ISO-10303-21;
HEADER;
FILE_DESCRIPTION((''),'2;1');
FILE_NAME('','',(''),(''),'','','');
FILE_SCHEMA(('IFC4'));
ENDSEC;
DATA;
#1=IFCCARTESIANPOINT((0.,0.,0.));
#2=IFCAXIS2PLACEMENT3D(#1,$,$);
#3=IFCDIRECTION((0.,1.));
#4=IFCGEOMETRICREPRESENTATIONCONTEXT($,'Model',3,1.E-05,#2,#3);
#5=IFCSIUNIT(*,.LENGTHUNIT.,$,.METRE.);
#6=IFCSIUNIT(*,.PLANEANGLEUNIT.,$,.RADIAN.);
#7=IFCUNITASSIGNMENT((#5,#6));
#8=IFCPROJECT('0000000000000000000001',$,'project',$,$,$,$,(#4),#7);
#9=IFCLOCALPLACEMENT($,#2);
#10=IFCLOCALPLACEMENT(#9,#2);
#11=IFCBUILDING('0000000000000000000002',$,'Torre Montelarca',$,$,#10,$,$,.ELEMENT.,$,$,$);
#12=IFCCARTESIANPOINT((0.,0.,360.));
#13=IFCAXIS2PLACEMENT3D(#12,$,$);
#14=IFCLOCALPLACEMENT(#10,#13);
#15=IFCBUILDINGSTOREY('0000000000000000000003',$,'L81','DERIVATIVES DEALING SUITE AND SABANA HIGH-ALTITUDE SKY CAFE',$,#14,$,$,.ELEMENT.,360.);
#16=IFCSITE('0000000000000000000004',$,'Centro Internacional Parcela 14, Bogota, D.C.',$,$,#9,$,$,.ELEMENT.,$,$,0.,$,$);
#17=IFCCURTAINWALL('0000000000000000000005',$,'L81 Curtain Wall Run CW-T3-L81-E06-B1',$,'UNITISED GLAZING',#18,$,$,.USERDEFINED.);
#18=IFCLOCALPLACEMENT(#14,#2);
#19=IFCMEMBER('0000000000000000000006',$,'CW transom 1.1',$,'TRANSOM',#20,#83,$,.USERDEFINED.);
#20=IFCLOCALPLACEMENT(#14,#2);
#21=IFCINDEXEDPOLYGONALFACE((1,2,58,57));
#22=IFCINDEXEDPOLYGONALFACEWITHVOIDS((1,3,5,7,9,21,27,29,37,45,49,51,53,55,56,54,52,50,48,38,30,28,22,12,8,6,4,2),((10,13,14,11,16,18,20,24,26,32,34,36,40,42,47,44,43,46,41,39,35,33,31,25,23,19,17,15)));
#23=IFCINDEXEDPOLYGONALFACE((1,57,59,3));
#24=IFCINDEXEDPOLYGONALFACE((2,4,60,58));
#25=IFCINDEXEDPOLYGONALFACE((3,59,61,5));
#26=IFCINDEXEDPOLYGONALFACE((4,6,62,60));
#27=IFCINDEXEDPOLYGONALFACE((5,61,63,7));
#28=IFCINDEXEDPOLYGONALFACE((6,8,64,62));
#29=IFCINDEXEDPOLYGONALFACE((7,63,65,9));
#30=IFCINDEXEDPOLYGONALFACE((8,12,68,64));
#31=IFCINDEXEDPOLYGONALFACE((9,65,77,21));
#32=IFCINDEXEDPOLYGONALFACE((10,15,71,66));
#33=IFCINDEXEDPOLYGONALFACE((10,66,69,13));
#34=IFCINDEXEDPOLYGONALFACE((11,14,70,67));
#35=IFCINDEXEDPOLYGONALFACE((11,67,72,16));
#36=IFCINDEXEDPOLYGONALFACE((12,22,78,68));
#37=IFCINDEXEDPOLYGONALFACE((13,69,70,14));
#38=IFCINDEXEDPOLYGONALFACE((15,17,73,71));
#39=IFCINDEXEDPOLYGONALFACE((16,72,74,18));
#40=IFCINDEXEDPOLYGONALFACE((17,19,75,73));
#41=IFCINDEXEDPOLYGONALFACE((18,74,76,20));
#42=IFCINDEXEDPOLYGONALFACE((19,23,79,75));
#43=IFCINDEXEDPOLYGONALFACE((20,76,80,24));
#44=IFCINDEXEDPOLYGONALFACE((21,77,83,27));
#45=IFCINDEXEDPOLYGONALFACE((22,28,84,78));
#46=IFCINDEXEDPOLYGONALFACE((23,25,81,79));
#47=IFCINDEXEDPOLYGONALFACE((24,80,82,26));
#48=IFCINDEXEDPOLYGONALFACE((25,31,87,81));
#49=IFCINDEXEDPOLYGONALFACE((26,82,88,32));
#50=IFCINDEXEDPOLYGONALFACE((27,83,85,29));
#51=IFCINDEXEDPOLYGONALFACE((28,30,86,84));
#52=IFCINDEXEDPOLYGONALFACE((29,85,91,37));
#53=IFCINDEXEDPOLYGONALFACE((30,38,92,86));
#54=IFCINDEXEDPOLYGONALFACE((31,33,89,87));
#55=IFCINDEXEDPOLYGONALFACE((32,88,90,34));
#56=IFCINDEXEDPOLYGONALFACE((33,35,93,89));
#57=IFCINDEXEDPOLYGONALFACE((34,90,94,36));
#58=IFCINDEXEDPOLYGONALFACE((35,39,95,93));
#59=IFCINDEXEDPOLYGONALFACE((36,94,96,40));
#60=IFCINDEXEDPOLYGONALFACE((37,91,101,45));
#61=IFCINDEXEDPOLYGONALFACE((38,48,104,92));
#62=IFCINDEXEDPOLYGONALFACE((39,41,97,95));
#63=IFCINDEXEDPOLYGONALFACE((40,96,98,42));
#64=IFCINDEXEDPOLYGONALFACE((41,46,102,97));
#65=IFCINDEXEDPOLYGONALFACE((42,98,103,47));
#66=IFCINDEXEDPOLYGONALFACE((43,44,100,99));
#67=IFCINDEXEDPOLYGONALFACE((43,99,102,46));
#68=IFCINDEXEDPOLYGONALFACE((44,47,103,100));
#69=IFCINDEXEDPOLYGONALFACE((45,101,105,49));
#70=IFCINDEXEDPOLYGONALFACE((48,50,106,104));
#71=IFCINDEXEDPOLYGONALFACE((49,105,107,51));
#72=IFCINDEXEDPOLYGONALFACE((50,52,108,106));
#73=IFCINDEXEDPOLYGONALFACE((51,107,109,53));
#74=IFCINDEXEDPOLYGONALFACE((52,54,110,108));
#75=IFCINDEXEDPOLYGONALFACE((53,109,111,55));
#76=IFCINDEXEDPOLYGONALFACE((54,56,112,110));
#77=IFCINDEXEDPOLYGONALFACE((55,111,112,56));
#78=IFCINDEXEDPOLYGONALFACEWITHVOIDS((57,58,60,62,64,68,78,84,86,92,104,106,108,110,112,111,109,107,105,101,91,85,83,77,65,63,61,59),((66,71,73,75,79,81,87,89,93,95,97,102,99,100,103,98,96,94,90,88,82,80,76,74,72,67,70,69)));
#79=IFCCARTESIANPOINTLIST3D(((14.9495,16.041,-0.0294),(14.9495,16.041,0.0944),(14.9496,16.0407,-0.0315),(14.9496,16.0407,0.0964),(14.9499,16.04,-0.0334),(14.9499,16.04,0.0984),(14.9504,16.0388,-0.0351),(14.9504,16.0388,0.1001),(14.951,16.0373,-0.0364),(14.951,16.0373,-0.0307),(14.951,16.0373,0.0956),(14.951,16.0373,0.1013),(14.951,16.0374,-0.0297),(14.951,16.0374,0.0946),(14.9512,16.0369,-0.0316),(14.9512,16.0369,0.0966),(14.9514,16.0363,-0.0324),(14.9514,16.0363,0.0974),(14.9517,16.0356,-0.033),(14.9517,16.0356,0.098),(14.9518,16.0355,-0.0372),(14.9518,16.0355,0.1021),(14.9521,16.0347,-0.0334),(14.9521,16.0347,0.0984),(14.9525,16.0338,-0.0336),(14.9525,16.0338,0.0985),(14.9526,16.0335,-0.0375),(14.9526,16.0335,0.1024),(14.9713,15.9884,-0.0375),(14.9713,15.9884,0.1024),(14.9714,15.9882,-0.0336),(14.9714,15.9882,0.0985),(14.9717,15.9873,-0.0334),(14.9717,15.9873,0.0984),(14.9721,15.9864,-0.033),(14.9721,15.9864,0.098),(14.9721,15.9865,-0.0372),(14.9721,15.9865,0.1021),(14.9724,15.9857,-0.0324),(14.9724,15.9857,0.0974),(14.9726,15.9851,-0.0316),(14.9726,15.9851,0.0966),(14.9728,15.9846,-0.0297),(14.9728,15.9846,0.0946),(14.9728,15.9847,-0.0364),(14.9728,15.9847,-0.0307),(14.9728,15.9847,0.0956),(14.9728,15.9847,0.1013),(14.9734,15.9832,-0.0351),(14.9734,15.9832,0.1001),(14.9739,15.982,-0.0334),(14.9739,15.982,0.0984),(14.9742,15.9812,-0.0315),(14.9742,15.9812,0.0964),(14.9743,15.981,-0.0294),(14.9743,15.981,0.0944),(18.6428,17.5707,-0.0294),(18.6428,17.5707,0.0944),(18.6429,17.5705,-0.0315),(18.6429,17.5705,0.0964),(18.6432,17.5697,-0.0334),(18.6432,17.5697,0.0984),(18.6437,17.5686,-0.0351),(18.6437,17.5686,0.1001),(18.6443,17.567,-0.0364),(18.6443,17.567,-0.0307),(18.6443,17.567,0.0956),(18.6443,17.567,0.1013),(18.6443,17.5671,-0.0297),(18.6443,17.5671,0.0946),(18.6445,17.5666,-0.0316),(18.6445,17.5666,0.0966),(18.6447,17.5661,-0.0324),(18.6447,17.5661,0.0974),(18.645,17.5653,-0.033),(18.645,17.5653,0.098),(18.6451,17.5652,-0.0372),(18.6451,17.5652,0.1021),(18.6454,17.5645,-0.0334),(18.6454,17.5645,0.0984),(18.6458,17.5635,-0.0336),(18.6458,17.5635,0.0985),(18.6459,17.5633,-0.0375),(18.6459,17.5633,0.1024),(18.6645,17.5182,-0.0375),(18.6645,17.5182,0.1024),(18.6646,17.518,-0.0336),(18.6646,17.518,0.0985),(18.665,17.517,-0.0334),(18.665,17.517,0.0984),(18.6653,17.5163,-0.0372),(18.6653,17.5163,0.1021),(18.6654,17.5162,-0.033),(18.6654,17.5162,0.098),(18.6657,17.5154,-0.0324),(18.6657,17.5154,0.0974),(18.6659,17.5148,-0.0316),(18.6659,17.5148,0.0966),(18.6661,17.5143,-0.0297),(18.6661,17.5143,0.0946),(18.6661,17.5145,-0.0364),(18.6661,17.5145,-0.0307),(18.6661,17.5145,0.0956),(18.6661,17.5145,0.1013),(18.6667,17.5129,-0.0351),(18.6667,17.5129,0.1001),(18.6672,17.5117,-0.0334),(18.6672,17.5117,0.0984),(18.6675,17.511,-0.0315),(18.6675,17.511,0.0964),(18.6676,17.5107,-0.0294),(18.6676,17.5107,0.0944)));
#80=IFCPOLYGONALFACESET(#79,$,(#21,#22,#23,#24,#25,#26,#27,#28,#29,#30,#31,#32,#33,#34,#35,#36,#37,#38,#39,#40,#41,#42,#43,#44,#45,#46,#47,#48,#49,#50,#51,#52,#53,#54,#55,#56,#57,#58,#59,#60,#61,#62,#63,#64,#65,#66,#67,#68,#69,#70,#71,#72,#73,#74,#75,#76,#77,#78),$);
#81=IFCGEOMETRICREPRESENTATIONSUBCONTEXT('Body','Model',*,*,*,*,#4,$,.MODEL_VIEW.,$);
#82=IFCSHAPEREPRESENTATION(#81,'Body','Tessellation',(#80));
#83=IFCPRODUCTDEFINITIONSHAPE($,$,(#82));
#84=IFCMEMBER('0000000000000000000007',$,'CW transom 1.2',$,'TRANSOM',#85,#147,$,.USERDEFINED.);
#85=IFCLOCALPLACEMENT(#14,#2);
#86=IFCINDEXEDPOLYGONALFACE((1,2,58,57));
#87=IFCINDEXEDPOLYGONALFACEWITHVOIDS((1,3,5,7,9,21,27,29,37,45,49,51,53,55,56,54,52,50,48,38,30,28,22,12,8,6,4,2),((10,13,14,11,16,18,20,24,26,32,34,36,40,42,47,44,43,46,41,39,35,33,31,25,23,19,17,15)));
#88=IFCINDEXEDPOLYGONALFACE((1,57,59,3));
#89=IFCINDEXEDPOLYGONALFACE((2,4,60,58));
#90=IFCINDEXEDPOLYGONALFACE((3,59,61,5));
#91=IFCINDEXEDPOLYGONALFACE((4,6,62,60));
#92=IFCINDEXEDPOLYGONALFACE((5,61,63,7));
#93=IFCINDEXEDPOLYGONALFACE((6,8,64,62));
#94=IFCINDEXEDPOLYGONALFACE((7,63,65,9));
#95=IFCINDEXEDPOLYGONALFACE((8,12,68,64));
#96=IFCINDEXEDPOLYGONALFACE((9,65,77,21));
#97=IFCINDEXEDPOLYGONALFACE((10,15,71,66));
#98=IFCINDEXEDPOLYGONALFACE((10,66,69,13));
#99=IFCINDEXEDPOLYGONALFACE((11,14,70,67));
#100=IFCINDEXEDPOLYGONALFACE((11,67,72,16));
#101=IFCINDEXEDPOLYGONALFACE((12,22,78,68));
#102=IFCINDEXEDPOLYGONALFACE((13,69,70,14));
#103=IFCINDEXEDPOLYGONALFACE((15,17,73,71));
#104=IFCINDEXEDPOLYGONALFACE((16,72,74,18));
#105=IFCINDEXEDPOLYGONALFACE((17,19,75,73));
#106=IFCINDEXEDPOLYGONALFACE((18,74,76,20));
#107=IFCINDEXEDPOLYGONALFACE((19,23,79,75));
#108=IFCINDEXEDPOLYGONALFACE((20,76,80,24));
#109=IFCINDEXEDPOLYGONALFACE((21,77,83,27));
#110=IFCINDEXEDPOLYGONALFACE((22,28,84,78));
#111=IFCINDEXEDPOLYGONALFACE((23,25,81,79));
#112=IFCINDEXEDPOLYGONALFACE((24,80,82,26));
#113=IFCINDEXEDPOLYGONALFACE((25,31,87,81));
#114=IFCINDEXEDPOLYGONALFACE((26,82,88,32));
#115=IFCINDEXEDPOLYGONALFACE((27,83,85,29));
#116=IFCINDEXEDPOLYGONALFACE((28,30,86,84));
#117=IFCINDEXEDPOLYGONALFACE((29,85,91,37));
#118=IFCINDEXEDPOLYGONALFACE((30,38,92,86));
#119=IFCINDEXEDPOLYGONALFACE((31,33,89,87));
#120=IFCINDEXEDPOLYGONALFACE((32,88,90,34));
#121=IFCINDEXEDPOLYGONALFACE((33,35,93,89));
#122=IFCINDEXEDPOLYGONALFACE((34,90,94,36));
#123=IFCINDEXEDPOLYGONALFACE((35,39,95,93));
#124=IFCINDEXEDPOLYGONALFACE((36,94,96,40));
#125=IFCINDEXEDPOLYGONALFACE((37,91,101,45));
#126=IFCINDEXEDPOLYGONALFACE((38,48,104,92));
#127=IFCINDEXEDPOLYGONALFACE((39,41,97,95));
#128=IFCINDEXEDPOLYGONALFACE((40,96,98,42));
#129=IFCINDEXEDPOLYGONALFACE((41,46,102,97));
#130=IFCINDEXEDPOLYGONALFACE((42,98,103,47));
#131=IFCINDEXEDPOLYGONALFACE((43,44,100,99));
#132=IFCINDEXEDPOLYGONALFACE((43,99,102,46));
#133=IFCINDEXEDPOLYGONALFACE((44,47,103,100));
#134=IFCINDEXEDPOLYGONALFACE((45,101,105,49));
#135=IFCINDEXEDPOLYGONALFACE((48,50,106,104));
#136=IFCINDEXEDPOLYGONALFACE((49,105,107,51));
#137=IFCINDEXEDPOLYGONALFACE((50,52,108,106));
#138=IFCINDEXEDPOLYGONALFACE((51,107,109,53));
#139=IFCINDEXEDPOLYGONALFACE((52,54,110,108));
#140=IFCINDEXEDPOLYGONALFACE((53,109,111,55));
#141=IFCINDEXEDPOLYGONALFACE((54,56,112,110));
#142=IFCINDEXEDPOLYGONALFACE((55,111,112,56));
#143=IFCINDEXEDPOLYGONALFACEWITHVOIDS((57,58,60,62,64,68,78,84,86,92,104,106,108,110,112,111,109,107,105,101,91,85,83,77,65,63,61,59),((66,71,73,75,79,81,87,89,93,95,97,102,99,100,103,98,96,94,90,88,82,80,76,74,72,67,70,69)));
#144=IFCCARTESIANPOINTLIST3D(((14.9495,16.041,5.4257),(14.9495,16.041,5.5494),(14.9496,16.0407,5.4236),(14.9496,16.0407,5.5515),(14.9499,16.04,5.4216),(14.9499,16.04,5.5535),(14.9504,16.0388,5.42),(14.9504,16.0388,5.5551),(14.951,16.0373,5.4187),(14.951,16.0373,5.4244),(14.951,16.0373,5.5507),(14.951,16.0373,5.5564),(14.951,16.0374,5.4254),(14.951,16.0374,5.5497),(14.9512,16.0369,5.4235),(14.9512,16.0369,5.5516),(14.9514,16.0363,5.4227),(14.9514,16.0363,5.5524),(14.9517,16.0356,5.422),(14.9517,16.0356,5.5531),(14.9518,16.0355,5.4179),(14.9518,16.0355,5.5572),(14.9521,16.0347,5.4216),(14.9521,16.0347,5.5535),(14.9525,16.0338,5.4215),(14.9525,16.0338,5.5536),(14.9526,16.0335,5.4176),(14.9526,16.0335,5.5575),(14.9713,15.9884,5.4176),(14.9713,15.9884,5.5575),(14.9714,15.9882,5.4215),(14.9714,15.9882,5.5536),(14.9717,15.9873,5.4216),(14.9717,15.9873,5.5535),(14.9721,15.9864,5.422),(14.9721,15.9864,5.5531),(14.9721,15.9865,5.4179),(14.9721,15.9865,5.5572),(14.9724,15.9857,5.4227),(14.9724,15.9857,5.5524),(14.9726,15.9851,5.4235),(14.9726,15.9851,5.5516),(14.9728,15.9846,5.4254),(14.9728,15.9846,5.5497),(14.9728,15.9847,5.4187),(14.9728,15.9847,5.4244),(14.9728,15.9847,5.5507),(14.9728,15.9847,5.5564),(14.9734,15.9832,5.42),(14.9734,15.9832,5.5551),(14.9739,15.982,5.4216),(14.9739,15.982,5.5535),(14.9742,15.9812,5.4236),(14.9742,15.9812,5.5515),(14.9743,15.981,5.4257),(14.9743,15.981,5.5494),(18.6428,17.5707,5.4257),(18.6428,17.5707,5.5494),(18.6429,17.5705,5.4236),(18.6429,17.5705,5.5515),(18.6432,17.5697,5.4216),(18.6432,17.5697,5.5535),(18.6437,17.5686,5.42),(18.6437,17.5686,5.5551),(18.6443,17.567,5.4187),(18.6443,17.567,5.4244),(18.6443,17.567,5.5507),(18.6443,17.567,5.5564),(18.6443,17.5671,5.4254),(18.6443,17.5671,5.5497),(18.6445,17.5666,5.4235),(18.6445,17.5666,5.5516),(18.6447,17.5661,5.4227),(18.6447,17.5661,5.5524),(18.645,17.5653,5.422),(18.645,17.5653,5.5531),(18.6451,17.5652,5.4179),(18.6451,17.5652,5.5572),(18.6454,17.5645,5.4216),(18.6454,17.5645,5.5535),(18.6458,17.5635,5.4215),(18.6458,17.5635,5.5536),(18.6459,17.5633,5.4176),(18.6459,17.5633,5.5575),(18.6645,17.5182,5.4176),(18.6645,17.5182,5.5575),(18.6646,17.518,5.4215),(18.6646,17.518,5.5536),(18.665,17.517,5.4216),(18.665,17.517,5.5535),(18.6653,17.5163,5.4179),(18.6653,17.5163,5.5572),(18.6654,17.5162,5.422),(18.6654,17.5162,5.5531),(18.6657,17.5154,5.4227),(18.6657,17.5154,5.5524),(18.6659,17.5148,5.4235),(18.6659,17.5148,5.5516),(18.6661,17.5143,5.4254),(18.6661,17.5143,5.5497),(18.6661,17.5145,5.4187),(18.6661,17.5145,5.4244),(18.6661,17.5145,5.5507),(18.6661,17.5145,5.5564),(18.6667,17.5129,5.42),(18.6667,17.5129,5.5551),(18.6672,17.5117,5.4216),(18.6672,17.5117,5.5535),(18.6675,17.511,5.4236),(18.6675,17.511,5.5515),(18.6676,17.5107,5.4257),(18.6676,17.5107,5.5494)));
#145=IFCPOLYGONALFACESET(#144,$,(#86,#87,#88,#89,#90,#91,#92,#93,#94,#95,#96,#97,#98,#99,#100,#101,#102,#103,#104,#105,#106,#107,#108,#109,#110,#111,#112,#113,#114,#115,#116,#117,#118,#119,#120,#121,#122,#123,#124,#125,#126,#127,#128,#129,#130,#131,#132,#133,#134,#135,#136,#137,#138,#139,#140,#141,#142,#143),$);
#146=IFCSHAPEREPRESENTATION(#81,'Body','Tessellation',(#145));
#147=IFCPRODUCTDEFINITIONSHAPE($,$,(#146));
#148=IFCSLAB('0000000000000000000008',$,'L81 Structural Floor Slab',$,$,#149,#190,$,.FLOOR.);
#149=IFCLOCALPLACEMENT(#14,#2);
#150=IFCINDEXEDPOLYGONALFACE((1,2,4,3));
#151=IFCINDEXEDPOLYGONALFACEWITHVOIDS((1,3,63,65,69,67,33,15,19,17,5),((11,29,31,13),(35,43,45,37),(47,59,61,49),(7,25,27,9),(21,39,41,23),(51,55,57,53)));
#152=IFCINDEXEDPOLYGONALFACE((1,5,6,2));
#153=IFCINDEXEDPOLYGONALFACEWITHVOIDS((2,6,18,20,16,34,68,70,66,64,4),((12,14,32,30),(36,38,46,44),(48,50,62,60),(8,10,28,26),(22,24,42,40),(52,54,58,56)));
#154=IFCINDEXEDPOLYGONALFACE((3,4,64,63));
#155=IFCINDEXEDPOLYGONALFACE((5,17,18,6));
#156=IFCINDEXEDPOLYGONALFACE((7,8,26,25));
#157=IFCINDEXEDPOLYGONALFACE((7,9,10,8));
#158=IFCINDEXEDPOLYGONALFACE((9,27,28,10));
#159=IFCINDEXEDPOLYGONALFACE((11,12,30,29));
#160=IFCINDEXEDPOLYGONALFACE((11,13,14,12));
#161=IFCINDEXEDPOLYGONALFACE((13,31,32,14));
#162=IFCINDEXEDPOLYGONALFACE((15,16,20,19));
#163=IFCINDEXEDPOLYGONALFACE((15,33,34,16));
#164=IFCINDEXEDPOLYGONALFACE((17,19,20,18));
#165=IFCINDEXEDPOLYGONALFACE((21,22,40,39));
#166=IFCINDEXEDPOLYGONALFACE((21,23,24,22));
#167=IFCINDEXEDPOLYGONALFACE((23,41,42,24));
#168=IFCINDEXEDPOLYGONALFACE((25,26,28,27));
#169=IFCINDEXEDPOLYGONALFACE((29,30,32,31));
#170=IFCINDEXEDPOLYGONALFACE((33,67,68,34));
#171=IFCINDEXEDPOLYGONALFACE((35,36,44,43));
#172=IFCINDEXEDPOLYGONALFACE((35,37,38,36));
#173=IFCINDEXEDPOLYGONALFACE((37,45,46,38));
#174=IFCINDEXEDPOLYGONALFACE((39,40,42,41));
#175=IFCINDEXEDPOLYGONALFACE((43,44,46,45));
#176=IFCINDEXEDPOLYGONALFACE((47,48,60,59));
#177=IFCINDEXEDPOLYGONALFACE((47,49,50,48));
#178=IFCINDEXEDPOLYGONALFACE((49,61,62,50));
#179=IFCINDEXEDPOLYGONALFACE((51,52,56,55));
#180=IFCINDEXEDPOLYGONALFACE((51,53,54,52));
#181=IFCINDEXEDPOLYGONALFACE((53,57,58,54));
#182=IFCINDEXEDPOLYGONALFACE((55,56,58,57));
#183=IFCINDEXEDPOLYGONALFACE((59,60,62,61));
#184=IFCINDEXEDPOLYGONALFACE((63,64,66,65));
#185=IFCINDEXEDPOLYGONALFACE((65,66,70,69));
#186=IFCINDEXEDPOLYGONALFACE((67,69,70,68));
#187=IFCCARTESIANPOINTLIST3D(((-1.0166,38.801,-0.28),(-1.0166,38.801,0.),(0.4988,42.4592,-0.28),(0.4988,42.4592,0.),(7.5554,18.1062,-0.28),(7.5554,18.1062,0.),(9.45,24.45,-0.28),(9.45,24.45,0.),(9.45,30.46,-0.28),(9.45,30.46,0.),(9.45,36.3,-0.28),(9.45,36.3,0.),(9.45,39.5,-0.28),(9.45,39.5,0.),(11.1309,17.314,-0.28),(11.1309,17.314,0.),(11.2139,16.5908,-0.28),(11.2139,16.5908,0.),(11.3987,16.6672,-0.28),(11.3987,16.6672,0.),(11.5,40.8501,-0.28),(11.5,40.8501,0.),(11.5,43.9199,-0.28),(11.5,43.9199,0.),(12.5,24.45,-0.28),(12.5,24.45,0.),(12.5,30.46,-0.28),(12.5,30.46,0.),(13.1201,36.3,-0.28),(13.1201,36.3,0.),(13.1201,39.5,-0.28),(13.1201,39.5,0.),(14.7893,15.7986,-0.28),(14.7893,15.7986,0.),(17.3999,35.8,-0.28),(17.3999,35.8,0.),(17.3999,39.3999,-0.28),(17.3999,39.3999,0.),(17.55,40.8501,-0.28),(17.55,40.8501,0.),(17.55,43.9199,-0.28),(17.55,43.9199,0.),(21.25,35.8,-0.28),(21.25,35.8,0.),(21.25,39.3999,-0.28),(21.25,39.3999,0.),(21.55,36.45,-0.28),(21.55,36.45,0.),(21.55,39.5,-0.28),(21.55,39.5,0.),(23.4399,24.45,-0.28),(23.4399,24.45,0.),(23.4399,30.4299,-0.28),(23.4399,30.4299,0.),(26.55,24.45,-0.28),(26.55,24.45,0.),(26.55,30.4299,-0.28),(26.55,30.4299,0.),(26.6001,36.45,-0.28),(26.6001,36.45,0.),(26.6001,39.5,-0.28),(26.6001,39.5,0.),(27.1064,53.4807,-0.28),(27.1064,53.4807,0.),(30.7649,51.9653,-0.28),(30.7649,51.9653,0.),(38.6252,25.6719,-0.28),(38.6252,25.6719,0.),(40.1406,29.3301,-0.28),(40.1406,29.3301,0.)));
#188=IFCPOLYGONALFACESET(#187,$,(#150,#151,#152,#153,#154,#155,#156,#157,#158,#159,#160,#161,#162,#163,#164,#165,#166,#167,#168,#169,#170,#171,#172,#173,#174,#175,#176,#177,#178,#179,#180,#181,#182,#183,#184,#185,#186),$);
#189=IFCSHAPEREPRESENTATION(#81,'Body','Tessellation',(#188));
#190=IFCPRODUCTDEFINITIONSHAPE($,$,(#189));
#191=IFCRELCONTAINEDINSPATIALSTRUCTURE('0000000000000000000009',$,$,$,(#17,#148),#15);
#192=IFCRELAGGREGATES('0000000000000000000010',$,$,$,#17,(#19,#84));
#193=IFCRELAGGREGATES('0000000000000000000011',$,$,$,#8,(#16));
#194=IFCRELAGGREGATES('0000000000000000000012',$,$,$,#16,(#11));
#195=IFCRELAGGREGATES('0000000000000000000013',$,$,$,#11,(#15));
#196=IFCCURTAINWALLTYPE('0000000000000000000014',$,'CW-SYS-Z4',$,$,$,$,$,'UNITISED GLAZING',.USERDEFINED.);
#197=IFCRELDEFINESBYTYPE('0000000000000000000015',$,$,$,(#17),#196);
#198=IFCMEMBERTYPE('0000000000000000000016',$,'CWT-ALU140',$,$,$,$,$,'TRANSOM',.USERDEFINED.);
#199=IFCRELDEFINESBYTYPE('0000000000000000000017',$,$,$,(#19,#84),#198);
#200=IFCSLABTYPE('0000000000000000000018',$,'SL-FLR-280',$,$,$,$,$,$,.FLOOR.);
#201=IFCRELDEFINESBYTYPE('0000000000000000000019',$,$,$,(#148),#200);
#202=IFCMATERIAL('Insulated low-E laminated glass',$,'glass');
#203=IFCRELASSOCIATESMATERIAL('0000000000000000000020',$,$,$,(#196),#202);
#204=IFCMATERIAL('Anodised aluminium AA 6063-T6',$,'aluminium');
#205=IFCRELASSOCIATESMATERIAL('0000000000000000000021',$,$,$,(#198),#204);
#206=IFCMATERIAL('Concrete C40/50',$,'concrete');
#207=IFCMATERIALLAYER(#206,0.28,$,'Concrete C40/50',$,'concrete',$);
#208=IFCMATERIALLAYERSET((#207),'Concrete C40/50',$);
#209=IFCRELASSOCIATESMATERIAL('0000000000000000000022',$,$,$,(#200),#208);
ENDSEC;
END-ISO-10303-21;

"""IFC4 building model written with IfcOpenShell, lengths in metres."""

from ifc_helpers import new_model, si_unit, direction, frame, origin, origin_2d, place, context, subcontext, project, spatial, polyline, hollow_rectangle, outline, extrude, source, transform, mapped, material, layer, layer_set, material_profile, profile_set, type_object, element, aggregate, save


model = new_model("IFC4")

# Units and contexts
model_context = context("Model", 3, precision=1e-05, world=origin(), true_north=direction((0.0, 1.0)))
body_context = subcontext(model_context, "Body", "Model", "MODEL_VIEW")
ifc_project = project(units=[si_unit("LENGTHUNIT", "METRE"), si_unit("PLANEANGLEUNIT", "RADIAN")], contexts=[model_context])

# Site, building, storey
site_placement = place(None, origin())
site = spatial("IfcSite", under=ifc_project, at=site_placement, Name="Centro Internacional Parcela 14, Bogota, D.C.", CompositionType="ELEMENT", RefElevation=0.0)
building_placement = place(site_placement, origin())
building = spatial("IfcBuilding", under=site, at=building_placement, Name="Torre Montelarca", CompositionType="ELEMENT")
storey_placement = place(building_placement, frame((0.0, 0.0, 360.0)))
storey = spatial("IfcBuildingStorey", under=building, at=storey_placement, Name="L81", Description="DERIVATIVES DEALING SUITE AND SABANA HIGH-ALTITUDE SKY CAFE", CompositionType="ELEMENT", Elevation=360.0)

# Shared definitions
ifc_material_1 = material(Name="Insulated low-E laminated glass", Category="glass")
curtain_wall_type = type_object("IfcCurtainWallType", Name="CW-SYS-Z4", ElementType="UNITISED GLAZING", PredefinedType="USERDEFINED", material=ifc_material_1)
ifc_material_2 = material(Name="Anodised aluminium AA 6063-T6", Category="aluminium")

# Curtain wall
curtain_wall_1_placement = place(storey_placement, origin())
curtain_wall_1 = element("IfcCurtainWall", 1, at=curtain_wall_1_placement, inside=storey, type_object=curtain_wall_type, Name="L81 Curtain Wall Run CW-T3-L81-E06-B1", ObjectType="UNITISED GLAZING", PredefinedType="USERDEFINED")

# Members
ifc_material_profile_1 = material_profile(ifc_material_2, hollow_rectangle(XDim=0.0649, YDim=0.1399, WallThickness=0.0039, InnerFilletRadius=0.0039, OuterFilletRadius=0.0081, at=origin_2d()), Name="ALU65X140X4", Category="aluminium")
ifc_profile_set_1 = profile_set([ifc_material_profile_1], Name="Anodised aluminium AA 6063-T6")
member_type_1 = type_object("IfcMemberType", Name="CWT-ALU140", ElementType="TRANSOM", PredefinedType="USERDEFINED", material=ifc_profile_set_1)
shared_shape_1 = source(origin(), body_context, "Body", "SweptSolid", [
    extrude(hollow_rectangle(XDim=0.0649, YDim=0.1399, WallThickness=0.0039, InnerFilletRadius=0.0039, OuterFilletRadius=0.0081, at=origin_2d()), origin(), (0.0, 0.0, 1.0), 3.9976),
])
member_1_placement = place(storey_placement, frame((14.9619, 16.011, 0.0325), z_axis=(0.923884, 0.382672, 0.0), x_axis=(-0.382672, 0.923884, 0.0)))
member_1 = element("IfcMember", 2, at=member_1_placement, type_object=member_type_1, Name="CW transom 1.1", ObjectType="TRANSOM", PredefinedType="USERDEFINED", context=body_context, shape_type="MappedRepresentation", body=[
    mapped(shared_shape_1, transform((0.0, 0.0, 0.0), scale=1.0)),
])
member_2_placement = place(storey_placement, frame((14.9619, 16.011, 5.4875), z_axis=(0.923884, 0.382672, 0.0), x_axis=(-0.382672, 0.923884, 0.0)))
member_2 = element("IfcMember", 3, at=member_2_placement, type_object=member_type_1, Name="CW transom 1.2", ObjectType="TRANSOM", PredefinedType="USERDEFINED", context=body_context, shape_type="MappedRepresentation", body=[
    mapped(shared_shape_1, transform((0.0, 0.0, 0.0), scale=1.0)),
])
aggregate(curtain_wall_1, [member_1, member_2])

# Slab
ifc_material_3 = material(Name="Concrete C40/50", Category="concrete")
ifc_layer_1 = layer(ifc_material_3, 0.28, Name="Concrete C40/50", Category="concrete")
ifc_layer_set_1 = layer_set([ifc_layer_1], Name="Concrete C40/50")
slab_type_1 = type_object("IfcSlabType", Name="SL-FLR-280", PredefinedType="FLOOR", material=ifc_layer_set_1)
slab_1_placement = place(storey_placement, frame((0.0, 0.0, -0.28)))
element("IfcSlab", 4, at=slab_1_placement, inside=storey, type_object=slab_type_1, Name="L81 Structural Floor Slab", PredefinedType="FLOOR", context=body_context, shape_type="SweptSolid", body=[
    extrude(outline(polyline([(7.5554, 18.1062), (11.2139, 16.5908), (11.3987, 16.6672), (11.1309, 17.314), (14.7893, 15.7986), (38.6252, 25.6719), (40.1406, 29.3301), (30.7649, 51.9653), (27.1064, 53.4807), (0.4988, 42.4592), (-1.0166, 38.801), (7.5554, 18.1062)]), holes=[polyline([(26.55, 24.45), (23.4399, 24.45), (23.4399, 30.4299), (26.55, 30.4299), (26.55, 24.45)]), polyline([(9.45, 24.45), (9.45, 30.46), (12.5, 30.46), (12.5, 24.45), (9.45, 24.45)]), polyline([(21.25, 35.8), (17.3999, 35.8), (17.3999, 39.3999), (21.25, 39.3999), (21.25, 35.8)]), polyline([(13.1201, 39.5), (13.1201, 36.3), (9.45, 36.3), (9.45, 39.5), (13.1201, 39.5)]), polyline([(26.6001, 36.45), (21.55, 36.45), (21.55, 39.5), (26.6001, 39.5), (26.6001, 36.45)]), polyline([(17.55, 40.8501), (11.5, 40.8501), (11.5, 43.9199), (17.55, 43.9199), (17.55, 40.8501)])]), origin(), (0.0, 0.0, 1.0), 0.28),
])

save(model, "model.ifc")
